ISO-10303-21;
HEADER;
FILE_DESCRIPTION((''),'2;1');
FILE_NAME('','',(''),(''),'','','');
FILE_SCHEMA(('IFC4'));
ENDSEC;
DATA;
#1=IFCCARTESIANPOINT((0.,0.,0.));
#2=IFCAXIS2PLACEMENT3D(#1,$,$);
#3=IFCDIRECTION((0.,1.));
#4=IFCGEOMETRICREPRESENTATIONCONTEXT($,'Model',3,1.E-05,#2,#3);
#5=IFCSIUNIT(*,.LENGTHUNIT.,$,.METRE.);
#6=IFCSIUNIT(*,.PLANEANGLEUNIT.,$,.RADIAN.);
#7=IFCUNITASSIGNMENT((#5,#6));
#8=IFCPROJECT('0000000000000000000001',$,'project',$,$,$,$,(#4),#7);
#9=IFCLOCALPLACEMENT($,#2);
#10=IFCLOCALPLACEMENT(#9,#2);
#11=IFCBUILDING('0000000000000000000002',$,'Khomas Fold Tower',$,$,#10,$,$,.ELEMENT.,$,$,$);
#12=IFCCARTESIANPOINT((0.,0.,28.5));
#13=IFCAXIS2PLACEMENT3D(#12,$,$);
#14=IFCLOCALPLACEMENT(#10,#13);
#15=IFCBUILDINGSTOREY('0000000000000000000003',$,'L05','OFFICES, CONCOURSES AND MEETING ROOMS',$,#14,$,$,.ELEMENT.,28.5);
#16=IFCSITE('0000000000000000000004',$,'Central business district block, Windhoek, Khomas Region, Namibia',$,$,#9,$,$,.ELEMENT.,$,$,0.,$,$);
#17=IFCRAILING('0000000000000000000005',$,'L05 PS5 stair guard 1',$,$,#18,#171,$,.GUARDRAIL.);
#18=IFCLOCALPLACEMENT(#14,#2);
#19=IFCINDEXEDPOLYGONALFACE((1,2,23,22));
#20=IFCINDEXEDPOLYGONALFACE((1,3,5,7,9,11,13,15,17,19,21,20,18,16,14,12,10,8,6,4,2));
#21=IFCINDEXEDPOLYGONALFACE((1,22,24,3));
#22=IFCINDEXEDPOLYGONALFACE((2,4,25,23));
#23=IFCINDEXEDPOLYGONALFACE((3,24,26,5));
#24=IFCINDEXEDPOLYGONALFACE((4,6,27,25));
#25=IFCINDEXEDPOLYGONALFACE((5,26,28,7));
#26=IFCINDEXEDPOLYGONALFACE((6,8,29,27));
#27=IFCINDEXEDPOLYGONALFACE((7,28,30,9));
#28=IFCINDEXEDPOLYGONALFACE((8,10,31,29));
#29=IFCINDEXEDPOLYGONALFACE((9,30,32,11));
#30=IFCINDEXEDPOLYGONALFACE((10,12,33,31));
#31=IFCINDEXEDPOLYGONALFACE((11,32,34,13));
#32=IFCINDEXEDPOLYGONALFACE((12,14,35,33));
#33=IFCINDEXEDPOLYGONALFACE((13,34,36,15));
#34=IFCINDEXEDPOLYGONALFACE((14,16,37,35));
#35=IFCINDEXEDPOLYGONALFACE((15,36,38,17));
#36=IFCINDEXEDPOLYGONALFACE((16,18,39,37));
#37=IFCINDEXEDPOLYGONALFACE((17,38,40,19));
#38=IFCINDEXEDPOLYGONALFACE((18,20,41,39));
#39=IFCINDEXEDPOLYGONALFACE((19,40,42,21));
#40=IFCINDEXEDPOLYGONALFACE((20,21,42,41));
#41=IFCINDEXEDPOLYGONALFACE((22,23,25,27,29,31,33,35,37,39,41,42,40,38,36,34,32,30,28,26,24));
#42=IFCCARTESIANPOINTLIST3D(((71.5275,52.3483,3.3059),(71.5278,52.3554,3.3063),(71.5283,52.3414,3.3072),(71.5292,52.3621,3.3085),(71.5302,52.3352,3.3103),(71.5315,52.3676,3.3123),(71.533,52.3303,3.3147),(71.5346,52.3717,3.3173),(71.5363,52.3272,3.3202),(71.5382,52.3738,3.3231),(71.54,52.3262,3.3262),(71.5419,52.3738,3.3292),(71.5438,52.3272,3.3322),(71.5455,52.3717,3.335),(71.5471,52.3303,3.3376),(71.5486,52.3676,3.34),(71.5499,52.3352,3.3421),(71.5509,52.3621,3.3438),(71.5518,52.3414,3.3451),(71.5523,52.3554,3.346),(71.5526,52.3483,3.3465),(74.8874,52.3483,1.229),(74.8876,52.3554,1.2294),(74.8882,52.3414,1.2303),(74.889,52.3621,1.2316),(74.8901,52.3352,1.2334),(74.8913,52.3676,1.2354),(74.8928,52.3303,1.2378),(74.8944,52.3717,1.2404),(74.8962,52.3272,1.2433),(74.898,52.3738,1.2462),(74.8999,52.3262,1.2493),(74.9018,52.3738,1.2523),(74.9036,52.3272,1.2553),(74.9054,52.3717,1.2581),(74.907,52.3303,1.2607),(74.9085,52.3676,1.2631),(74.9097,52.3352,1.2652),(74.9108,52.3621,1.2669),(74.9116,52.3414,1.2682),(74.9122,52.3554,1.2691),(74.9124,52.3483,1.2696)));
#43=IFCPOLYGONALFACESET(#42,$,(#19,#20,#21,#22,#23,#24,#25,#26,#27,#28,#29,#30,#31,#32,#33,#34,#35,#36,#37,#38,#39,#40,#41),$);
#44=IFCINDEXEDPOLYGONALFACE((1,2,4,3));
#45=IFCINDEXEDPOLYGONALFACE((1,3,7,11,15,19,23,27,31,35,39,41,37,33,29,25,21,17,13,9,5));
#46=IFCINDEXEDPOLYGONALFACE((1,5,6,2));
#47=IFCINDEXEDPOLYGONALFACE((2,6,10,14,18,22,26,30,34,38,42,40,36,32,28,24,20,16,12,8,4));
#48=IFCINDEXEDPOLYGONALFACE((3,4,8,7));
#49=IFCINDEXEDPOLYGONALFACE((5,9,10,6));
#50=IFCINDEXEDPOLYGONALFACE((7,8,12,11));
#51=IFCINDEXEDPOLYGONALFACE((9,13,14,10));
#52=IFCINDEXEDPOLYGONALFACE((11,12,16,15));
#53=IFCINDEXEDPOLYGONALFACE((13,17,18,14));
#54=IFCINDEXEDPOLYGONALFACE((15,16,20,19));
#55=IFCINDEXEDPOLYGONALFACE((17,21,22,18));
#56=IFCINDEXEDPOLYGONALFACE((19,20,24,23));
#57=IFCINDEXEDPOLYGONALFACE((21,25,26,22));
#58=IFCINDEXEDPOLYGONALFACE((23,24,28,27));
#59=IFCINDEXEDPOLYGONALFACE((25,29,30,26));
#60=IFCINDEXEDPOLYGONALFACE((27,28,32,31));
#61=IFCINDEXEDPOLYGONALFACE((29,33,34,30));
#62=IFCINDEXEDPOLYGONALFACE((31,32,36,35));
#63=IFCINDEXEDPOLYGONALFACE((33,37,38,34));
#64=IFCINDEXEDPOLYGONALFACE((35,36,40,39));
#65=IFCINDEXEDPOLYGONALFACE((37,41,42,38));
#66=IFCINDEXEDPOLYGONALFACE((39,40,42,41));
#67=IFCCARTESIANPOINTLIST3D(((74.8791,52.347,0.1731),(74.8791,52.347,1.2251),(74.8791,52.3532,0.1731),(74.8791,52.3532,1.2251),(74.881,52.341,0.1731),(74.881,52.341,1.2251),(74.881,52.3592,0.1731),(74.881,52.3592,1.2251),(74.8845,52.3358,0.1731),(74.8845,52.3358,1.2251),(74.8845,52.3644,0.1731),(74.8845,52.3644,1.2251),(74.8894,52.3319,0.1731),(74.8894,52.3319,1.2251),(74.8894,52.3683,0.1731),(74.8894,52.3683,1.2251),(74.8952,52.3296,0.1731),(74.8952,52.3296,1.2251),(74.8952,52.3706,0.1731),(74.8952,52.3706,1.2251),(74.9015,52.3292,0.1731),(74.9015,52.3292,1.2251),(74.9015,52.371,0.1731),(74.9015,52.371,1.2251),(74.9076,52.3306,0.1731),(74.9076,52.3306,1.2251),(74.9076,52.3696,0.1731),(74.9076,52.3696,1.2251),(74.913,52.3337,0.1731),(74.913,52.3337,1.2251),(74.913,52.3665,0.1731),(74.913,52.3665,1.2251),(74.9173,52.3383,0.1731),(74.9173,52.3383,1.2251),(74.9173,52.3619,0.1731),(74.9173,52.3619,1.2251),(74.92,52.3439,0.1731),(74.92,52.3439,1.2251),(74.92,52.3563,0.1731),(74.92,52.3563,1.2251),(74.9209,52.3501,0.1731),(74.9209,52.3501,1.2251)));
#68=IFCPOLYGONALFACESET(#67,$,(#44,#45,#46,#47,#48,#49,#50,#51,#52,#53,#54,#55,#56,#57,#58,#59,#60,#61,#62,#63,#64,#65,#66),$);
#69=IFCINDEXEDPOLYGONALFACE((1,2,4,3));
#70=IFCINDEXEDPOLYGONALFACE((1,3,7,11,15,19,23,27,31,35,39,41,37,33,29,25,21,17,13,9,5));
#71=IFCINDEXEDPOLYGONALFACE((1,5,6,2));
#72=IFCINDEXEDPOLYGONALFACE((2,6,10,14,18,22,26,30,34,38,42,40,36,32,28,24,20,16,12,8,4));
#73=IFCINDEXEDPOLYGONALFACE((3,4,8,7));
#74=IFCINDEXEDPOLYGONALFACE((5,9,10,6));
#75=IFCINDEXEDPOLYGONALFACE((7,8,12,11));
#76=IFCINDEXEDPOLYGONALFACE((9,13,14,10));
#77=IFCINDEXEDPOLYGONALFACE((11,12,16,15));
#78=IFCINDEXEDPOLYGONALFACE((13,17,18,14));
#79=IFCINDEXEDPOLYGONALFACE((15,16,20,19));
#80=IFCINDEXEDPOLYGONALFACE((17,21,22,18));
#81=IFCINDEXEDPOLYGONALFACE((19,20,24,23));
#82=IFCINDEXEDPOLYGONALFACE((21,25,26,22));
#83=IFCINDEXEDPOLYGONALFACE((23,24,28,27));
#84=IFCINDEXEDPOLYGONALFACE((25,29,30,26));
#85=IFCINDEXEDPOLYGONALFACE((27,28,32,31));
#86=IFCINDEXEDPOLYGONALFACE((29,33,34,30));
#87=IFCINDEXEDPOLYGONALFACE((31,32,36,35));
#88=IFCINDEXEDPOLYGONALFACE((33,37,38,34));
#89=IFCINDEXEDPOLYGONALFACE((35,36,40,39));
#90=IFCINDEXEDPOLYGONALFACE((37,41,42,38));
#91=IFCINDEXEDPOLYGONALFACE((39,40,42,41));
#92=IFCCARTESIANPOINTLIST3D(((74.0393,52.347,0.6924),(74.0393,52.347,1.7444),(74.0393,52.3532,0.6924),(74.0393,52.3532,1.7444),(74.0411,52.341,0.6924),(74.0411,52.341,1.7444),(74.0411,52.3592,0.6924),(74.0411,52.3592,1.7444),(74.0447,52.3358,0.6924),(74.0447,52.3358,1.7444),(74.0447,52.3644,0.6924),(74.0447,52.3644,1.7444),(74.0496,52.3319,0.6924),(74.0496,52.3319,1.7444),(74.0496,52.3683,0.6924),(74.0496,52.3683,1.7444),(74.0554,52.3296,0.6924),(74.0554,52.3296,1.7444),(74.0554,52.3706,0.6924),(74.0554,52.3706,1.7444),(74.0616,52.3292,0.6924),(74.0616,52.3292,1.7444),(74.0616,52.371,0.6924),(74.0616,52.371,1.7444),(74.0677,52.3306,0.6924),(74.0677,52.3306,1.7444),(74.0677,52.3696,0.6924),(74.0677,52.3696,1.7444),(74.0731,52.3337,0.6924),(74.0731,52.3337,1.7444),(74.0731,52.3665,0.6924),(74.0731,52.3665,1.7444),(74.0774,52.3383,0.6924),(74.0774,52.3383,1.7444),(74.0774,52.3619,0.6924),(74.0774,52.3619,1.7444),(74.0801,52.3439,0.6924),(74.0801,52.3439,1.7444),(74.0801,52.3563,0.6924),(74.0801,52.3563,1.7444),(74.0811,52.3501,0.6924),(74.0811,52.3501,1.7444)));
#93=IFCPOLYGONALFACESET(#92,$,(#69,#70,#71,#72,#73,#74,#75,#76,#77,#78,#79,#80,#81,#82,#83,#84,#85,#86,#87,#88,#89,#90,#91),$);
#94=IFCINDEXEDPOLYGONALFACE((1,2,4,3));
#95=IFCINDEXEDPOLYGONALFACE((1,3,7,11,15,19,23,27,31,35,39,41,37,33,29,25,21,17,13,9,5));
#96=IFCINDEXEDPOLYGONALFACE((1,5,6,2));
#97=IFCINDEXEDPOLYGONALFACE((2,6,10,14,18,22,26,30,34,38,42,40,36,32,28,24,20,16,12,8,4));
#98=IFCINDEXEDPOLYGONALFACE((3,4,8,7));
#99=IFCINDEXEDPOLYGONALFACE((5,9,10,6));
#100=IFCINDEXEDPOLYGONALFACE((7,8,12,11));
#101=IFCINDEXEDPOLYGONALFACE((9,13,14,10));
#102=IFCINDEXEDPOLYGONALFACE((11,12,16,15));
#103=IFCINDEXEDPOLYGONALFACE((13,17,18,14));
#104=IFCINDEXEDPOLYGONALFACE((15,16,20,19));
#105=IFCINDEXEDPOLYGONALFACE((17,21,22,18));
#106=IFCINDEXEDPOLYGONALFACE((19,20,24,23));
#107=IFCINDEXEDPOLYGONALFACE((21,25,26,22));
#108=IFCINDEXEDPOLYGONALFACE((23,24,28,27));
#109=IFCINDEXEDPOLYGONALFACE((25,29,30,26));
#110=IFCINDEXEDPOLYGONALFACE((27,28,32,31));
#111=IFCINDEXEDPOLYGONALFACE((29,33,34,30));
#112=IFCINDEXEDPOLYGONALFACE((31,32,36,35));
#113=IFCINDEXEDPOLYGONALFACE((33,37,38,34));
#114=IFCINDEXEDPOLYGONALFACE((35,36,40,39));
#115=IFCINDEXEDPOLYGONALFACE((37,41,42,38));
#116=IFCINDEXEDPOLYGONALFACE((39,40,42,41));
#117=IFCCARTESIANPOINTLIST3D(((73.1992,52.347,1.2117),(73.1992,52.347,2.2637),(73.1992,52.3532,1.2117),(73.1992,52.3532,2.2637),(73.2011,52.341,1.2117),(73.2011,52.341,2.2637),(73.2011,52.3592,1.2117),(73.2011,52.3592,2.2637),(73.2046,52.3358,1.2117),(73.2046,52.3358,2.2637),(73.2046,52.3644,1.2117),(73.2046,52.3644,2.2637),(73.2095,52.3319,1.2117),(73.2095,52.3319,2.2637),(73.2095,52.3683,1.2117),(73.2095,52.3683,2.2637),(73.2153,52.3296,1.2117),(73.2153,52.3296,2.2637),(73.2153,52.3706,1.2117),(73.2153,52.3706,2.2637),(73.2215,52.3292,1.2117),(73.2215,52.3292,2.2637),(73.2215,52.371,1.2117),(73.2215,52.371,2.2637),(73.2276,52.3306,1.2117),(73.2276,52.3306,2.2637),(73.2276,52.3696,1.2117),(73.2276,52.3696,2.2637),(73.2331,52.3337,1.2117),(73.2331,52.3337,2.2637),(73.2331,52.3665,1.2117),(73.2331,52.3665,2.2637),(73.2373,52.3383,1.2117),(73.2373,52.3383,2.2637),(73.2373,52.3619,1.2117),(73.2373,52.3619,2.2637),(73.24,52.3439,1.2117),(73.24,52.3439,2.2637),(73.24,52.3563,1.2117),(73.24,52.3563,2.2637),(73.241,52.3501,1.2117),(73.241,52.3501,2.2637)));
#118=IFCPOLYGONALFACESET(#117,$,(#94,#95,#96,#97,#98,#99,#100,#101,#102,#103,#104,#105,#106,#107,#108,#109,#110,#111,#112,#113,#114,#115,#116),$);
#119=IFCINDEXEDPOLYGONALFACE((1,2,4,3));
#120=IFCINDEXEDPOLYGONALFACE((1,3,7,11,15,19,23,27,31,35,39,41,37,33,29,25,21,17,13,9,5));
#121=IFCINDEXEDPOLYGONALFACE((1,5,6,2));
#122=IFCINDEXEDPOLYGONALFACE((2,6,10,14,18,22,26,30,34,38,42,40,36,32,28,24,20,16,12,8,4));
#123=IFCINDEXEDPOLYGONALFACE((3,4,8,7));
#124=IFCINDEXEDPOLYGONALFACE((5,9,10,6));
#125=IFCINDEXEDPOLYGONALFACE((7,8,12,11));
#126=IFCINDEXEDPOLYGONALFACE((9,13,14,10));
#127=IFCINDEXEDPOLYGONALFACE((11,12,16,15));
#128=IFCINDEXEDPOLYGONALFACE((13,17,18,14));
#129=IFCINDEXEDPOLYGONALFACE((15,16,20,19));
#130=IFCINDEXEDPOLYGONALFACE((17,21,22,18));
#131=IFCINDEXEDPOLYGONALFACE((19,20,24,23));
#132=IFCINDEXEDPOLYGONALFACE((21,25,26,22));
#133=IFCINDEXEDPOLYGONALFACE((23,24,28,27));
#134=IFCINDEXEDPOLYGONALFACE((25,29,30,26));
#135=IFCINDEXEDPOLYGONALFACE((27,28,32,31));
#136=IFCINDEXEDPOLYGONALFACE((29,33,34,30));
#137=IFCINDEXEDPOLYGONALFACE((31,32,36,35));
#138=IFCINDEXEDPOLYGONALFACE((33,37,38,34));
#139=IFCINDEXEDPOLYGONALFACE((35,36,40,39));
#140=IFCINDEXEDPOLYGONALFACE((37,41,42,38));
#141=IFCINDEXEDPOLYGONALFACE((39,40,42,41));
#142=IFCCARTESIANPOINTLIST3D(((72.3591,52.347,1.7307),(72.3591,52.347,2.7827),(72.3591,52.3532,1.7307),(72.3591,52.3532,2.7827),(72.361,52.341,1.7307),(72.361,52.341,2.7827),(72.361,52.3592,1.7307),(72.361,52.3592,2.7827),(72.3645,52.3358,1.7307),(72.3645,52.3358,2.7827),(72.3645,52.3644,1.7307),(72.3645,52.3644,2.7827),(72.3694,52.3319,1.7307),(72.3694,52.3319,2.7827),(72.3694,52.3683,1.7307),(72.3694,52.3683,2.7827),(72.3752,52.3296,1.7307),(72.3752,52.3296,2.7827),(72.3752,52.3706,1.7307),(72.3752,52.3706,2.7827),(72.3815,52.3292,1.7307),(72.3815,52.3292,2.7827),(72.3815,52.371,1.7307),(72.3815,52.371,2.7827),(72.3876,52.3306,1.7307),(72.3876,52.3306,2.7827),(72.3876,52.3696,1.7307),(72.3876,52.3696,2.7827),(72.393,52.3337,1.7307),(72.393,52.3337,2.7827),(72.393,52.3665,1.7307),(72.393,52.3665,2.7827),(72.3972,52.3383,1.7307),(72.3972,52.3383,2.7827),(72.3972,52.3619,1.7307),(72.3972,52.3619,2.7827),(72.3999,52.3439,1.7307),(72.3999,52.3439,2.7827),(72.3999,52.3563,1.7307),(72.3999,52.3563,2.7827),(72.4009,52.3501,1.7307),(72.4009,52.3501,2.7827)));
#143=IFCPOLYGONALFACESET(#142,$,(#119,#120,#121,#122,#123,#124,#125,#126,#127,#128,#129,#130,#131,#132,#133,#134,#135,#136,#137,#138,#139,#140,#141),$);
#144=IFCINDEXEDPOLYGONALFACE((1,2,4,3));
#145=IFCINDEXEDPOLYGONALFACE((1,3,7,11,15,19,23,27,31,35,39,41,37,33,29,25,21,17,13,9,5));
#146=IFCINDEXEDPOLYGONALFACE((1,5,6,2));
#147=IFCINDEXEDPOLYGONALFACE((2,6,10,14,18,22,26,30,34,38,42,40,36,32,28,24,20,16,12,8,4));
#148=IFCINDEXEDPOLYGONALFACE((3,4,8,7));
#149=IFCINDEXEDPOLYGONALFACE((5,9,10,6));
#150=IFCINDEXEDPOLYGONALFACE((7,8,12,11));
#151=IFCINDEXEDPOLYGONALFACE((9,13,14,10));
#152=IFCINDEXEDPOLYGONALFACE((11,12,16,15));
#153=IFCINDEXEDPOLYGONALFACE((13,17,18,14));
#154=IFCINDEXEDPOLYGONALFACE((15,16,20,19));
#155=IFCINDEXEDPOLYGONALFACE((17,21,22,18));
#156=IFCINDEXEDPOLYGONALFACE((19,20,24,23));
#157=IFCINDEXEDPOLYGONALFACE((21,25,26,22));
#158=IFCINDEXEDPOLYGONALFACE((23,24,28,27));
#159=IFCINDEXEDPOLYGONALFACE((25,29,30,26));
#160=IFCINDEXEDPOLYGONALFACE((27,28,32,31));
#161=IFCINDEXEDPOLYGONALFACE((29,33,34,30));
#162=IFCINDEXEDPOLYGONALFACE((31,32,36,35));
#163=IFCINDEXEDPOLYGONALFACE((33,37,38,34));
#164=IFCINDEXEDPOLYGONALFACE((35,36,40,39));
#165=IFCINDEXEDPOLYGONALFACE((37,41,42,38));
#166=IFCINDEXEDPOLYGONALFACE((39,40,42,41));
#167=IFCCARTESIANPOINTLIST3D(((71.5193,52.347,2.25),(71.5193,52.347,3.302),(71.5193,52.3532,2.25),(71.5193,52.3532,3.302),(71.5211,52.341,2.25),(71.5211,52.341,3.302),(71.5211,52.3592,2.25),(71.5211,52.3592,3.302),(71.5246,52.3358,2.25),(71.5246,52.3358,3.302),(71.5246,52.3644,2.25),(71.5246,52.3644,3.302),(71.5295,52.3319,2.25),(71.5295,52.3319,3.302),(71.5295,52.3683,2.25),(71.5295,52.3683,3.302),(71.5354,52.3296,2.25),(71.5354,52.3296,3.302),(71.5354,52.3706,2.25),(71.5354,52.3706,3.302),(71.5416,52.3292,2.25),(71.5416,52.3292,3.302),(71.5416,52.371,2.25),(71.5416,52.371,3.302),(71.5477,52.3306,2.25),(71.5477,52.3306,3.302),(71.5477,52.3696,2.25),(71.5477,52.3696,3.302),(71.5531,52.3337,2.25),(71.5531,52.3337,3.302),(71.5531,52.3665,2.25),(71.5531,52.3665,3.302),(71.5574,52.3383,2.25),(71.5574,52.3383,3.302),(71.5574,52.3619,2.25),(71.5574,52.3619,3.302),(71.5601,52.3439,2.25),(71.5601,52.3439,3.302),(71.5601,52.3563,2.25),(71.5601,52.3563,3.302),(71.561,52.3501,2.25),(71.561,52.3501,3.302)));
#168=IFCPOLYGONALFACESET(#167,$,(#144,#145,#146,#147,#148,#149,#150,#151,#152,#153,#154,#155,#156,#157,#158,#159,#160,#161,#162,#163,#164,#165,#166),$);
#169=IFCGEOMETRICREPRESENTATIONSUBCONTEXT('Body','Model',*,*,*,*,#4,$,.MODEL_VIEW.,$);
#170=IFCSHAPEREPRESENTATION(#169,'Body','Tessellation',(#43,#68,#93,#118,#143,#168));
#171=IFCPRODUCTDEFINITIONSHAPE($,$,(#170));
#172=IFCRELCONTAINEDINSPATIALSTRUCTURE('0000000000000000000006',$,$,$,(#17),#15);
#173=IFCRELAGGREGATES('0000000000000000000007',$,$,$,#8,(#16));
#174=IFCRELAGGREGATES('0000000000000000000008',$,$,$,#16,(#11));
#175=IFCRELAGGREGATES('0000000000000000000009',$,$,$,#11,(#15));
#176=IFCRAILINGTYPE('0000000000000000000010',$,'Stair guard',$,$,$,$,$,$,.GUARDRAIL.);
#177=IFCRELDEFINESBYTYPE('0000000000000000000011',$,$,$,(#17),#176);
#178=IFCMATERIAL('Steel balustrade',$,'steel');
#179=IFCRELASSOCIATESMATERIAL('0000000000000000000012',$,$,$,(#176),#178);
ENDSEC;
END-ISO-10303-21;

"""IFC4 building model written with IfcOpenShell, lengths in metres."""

from ifc_helpers import new_model, si_unit, direction, frame, origin, origin_2d, place, context, subcontext, project, spatial, circle, extrude, source, transform, mapped, material, type_object, element, save


model = new_model("IFC4")

# Units and contexts
model_context = context("Model", 3, precision=1e-05, world=origin(), true_north=direction((0.0, 1.0)))
body_context = subcontext(model_context, "Body", "Model", "MODEL_VIEW")
ifc_project = project(units=[si_unit("LENGTHUNIT", "METRE"), si_unit("PLANEANGLEUNIT", "RADIAN")], contexts=[model_context])

# Site, building, storey
site_placement = place(None, origin())
site = spatial("IfcSite", under=ifc_project, at=site_placement, Name="Central business district block, Windhoek, Khomas Region, Namibia", CompositionType="ELEMENT", RefElevation=0.0)
building_placement = place(site_placement, origin())
building = spatial("IfcBuilding", under=site, at=building_placement, Name="Khomas Fold Tower", CompositionType="ELEMENT")
storey_placement = place(building_placement, frame((0.0, 0.0, 28.5)))
storey = spatial("IfcBuildingStorey", under=building, at=storey_placement, Name="L05", Description="OFFICES, CONCOURSES AND MEETING ROOMS", CompositionType="ELEMENT", Elevation=28.5)

# Railing
ifc_material_1 = material(Name="Steel balustrade", Category="steel")
railing_type_1 = type_object("IfcRailingType", Name="Stair guard", PredefinedType="GUARDRAIL", material=ifc_material_1)
shared_shape_1 = source(origin(), body_context, "Body", "SweptSolid", [
    extrude(circle(Radius=0.0239, at=origin_2d()), frame((0.0, 0.0, 1.0762), z_axis=(-0.850606, 0.0, 0.525803), x_axis=(0.0, -1.0, 0.0)), (0.0, 0.0, 1.0), 3.95),
    extrude(circle(Radius=0.021, at=origin_2d()), origin(), (0.0, 0.0, 1.0), 1.052),
    extrude(circle(Radius=0.021, at=origin_2d()), frame((-0.8398, 0.0, 0.5193)), (0.0, 0.0, 1.0), 1.052),
    extrude(circle(Radius=0.021, at=origin_2d()), frame((-1.6799, 0.0, 1.0386)), (0.0, 0.0, 1.0), 1.052),
    extrude(circle(Radius=0.021, at=origin_2d()), frame((-2.52, 0.0, 1.5576)), (0.0, 0.0, 1.0), 1.052),
    extrude(circle(Radius=0.021, at=origin_2d()), frame((-3.3599, 0.0, 2.0769)), (0.0, 0.0, 1.0), 1.052),
])
railing_1_placement = place(storey_placement, frame((74.8999, 52.3501, 0.1731)))
element("IfcRailing", 1, at=railing_1_placement, inside=storey, type_object=railing_type_1, Name="L05 PS5 stair guard 1", PredefinedType="GUARDRAIL", context=body_context, shape_type="MappedRepresentation", body=[
    mapped(shared_shape_1, transform((0.0, 0.0, 0.0))),
])

save(model, "model.ifc")
